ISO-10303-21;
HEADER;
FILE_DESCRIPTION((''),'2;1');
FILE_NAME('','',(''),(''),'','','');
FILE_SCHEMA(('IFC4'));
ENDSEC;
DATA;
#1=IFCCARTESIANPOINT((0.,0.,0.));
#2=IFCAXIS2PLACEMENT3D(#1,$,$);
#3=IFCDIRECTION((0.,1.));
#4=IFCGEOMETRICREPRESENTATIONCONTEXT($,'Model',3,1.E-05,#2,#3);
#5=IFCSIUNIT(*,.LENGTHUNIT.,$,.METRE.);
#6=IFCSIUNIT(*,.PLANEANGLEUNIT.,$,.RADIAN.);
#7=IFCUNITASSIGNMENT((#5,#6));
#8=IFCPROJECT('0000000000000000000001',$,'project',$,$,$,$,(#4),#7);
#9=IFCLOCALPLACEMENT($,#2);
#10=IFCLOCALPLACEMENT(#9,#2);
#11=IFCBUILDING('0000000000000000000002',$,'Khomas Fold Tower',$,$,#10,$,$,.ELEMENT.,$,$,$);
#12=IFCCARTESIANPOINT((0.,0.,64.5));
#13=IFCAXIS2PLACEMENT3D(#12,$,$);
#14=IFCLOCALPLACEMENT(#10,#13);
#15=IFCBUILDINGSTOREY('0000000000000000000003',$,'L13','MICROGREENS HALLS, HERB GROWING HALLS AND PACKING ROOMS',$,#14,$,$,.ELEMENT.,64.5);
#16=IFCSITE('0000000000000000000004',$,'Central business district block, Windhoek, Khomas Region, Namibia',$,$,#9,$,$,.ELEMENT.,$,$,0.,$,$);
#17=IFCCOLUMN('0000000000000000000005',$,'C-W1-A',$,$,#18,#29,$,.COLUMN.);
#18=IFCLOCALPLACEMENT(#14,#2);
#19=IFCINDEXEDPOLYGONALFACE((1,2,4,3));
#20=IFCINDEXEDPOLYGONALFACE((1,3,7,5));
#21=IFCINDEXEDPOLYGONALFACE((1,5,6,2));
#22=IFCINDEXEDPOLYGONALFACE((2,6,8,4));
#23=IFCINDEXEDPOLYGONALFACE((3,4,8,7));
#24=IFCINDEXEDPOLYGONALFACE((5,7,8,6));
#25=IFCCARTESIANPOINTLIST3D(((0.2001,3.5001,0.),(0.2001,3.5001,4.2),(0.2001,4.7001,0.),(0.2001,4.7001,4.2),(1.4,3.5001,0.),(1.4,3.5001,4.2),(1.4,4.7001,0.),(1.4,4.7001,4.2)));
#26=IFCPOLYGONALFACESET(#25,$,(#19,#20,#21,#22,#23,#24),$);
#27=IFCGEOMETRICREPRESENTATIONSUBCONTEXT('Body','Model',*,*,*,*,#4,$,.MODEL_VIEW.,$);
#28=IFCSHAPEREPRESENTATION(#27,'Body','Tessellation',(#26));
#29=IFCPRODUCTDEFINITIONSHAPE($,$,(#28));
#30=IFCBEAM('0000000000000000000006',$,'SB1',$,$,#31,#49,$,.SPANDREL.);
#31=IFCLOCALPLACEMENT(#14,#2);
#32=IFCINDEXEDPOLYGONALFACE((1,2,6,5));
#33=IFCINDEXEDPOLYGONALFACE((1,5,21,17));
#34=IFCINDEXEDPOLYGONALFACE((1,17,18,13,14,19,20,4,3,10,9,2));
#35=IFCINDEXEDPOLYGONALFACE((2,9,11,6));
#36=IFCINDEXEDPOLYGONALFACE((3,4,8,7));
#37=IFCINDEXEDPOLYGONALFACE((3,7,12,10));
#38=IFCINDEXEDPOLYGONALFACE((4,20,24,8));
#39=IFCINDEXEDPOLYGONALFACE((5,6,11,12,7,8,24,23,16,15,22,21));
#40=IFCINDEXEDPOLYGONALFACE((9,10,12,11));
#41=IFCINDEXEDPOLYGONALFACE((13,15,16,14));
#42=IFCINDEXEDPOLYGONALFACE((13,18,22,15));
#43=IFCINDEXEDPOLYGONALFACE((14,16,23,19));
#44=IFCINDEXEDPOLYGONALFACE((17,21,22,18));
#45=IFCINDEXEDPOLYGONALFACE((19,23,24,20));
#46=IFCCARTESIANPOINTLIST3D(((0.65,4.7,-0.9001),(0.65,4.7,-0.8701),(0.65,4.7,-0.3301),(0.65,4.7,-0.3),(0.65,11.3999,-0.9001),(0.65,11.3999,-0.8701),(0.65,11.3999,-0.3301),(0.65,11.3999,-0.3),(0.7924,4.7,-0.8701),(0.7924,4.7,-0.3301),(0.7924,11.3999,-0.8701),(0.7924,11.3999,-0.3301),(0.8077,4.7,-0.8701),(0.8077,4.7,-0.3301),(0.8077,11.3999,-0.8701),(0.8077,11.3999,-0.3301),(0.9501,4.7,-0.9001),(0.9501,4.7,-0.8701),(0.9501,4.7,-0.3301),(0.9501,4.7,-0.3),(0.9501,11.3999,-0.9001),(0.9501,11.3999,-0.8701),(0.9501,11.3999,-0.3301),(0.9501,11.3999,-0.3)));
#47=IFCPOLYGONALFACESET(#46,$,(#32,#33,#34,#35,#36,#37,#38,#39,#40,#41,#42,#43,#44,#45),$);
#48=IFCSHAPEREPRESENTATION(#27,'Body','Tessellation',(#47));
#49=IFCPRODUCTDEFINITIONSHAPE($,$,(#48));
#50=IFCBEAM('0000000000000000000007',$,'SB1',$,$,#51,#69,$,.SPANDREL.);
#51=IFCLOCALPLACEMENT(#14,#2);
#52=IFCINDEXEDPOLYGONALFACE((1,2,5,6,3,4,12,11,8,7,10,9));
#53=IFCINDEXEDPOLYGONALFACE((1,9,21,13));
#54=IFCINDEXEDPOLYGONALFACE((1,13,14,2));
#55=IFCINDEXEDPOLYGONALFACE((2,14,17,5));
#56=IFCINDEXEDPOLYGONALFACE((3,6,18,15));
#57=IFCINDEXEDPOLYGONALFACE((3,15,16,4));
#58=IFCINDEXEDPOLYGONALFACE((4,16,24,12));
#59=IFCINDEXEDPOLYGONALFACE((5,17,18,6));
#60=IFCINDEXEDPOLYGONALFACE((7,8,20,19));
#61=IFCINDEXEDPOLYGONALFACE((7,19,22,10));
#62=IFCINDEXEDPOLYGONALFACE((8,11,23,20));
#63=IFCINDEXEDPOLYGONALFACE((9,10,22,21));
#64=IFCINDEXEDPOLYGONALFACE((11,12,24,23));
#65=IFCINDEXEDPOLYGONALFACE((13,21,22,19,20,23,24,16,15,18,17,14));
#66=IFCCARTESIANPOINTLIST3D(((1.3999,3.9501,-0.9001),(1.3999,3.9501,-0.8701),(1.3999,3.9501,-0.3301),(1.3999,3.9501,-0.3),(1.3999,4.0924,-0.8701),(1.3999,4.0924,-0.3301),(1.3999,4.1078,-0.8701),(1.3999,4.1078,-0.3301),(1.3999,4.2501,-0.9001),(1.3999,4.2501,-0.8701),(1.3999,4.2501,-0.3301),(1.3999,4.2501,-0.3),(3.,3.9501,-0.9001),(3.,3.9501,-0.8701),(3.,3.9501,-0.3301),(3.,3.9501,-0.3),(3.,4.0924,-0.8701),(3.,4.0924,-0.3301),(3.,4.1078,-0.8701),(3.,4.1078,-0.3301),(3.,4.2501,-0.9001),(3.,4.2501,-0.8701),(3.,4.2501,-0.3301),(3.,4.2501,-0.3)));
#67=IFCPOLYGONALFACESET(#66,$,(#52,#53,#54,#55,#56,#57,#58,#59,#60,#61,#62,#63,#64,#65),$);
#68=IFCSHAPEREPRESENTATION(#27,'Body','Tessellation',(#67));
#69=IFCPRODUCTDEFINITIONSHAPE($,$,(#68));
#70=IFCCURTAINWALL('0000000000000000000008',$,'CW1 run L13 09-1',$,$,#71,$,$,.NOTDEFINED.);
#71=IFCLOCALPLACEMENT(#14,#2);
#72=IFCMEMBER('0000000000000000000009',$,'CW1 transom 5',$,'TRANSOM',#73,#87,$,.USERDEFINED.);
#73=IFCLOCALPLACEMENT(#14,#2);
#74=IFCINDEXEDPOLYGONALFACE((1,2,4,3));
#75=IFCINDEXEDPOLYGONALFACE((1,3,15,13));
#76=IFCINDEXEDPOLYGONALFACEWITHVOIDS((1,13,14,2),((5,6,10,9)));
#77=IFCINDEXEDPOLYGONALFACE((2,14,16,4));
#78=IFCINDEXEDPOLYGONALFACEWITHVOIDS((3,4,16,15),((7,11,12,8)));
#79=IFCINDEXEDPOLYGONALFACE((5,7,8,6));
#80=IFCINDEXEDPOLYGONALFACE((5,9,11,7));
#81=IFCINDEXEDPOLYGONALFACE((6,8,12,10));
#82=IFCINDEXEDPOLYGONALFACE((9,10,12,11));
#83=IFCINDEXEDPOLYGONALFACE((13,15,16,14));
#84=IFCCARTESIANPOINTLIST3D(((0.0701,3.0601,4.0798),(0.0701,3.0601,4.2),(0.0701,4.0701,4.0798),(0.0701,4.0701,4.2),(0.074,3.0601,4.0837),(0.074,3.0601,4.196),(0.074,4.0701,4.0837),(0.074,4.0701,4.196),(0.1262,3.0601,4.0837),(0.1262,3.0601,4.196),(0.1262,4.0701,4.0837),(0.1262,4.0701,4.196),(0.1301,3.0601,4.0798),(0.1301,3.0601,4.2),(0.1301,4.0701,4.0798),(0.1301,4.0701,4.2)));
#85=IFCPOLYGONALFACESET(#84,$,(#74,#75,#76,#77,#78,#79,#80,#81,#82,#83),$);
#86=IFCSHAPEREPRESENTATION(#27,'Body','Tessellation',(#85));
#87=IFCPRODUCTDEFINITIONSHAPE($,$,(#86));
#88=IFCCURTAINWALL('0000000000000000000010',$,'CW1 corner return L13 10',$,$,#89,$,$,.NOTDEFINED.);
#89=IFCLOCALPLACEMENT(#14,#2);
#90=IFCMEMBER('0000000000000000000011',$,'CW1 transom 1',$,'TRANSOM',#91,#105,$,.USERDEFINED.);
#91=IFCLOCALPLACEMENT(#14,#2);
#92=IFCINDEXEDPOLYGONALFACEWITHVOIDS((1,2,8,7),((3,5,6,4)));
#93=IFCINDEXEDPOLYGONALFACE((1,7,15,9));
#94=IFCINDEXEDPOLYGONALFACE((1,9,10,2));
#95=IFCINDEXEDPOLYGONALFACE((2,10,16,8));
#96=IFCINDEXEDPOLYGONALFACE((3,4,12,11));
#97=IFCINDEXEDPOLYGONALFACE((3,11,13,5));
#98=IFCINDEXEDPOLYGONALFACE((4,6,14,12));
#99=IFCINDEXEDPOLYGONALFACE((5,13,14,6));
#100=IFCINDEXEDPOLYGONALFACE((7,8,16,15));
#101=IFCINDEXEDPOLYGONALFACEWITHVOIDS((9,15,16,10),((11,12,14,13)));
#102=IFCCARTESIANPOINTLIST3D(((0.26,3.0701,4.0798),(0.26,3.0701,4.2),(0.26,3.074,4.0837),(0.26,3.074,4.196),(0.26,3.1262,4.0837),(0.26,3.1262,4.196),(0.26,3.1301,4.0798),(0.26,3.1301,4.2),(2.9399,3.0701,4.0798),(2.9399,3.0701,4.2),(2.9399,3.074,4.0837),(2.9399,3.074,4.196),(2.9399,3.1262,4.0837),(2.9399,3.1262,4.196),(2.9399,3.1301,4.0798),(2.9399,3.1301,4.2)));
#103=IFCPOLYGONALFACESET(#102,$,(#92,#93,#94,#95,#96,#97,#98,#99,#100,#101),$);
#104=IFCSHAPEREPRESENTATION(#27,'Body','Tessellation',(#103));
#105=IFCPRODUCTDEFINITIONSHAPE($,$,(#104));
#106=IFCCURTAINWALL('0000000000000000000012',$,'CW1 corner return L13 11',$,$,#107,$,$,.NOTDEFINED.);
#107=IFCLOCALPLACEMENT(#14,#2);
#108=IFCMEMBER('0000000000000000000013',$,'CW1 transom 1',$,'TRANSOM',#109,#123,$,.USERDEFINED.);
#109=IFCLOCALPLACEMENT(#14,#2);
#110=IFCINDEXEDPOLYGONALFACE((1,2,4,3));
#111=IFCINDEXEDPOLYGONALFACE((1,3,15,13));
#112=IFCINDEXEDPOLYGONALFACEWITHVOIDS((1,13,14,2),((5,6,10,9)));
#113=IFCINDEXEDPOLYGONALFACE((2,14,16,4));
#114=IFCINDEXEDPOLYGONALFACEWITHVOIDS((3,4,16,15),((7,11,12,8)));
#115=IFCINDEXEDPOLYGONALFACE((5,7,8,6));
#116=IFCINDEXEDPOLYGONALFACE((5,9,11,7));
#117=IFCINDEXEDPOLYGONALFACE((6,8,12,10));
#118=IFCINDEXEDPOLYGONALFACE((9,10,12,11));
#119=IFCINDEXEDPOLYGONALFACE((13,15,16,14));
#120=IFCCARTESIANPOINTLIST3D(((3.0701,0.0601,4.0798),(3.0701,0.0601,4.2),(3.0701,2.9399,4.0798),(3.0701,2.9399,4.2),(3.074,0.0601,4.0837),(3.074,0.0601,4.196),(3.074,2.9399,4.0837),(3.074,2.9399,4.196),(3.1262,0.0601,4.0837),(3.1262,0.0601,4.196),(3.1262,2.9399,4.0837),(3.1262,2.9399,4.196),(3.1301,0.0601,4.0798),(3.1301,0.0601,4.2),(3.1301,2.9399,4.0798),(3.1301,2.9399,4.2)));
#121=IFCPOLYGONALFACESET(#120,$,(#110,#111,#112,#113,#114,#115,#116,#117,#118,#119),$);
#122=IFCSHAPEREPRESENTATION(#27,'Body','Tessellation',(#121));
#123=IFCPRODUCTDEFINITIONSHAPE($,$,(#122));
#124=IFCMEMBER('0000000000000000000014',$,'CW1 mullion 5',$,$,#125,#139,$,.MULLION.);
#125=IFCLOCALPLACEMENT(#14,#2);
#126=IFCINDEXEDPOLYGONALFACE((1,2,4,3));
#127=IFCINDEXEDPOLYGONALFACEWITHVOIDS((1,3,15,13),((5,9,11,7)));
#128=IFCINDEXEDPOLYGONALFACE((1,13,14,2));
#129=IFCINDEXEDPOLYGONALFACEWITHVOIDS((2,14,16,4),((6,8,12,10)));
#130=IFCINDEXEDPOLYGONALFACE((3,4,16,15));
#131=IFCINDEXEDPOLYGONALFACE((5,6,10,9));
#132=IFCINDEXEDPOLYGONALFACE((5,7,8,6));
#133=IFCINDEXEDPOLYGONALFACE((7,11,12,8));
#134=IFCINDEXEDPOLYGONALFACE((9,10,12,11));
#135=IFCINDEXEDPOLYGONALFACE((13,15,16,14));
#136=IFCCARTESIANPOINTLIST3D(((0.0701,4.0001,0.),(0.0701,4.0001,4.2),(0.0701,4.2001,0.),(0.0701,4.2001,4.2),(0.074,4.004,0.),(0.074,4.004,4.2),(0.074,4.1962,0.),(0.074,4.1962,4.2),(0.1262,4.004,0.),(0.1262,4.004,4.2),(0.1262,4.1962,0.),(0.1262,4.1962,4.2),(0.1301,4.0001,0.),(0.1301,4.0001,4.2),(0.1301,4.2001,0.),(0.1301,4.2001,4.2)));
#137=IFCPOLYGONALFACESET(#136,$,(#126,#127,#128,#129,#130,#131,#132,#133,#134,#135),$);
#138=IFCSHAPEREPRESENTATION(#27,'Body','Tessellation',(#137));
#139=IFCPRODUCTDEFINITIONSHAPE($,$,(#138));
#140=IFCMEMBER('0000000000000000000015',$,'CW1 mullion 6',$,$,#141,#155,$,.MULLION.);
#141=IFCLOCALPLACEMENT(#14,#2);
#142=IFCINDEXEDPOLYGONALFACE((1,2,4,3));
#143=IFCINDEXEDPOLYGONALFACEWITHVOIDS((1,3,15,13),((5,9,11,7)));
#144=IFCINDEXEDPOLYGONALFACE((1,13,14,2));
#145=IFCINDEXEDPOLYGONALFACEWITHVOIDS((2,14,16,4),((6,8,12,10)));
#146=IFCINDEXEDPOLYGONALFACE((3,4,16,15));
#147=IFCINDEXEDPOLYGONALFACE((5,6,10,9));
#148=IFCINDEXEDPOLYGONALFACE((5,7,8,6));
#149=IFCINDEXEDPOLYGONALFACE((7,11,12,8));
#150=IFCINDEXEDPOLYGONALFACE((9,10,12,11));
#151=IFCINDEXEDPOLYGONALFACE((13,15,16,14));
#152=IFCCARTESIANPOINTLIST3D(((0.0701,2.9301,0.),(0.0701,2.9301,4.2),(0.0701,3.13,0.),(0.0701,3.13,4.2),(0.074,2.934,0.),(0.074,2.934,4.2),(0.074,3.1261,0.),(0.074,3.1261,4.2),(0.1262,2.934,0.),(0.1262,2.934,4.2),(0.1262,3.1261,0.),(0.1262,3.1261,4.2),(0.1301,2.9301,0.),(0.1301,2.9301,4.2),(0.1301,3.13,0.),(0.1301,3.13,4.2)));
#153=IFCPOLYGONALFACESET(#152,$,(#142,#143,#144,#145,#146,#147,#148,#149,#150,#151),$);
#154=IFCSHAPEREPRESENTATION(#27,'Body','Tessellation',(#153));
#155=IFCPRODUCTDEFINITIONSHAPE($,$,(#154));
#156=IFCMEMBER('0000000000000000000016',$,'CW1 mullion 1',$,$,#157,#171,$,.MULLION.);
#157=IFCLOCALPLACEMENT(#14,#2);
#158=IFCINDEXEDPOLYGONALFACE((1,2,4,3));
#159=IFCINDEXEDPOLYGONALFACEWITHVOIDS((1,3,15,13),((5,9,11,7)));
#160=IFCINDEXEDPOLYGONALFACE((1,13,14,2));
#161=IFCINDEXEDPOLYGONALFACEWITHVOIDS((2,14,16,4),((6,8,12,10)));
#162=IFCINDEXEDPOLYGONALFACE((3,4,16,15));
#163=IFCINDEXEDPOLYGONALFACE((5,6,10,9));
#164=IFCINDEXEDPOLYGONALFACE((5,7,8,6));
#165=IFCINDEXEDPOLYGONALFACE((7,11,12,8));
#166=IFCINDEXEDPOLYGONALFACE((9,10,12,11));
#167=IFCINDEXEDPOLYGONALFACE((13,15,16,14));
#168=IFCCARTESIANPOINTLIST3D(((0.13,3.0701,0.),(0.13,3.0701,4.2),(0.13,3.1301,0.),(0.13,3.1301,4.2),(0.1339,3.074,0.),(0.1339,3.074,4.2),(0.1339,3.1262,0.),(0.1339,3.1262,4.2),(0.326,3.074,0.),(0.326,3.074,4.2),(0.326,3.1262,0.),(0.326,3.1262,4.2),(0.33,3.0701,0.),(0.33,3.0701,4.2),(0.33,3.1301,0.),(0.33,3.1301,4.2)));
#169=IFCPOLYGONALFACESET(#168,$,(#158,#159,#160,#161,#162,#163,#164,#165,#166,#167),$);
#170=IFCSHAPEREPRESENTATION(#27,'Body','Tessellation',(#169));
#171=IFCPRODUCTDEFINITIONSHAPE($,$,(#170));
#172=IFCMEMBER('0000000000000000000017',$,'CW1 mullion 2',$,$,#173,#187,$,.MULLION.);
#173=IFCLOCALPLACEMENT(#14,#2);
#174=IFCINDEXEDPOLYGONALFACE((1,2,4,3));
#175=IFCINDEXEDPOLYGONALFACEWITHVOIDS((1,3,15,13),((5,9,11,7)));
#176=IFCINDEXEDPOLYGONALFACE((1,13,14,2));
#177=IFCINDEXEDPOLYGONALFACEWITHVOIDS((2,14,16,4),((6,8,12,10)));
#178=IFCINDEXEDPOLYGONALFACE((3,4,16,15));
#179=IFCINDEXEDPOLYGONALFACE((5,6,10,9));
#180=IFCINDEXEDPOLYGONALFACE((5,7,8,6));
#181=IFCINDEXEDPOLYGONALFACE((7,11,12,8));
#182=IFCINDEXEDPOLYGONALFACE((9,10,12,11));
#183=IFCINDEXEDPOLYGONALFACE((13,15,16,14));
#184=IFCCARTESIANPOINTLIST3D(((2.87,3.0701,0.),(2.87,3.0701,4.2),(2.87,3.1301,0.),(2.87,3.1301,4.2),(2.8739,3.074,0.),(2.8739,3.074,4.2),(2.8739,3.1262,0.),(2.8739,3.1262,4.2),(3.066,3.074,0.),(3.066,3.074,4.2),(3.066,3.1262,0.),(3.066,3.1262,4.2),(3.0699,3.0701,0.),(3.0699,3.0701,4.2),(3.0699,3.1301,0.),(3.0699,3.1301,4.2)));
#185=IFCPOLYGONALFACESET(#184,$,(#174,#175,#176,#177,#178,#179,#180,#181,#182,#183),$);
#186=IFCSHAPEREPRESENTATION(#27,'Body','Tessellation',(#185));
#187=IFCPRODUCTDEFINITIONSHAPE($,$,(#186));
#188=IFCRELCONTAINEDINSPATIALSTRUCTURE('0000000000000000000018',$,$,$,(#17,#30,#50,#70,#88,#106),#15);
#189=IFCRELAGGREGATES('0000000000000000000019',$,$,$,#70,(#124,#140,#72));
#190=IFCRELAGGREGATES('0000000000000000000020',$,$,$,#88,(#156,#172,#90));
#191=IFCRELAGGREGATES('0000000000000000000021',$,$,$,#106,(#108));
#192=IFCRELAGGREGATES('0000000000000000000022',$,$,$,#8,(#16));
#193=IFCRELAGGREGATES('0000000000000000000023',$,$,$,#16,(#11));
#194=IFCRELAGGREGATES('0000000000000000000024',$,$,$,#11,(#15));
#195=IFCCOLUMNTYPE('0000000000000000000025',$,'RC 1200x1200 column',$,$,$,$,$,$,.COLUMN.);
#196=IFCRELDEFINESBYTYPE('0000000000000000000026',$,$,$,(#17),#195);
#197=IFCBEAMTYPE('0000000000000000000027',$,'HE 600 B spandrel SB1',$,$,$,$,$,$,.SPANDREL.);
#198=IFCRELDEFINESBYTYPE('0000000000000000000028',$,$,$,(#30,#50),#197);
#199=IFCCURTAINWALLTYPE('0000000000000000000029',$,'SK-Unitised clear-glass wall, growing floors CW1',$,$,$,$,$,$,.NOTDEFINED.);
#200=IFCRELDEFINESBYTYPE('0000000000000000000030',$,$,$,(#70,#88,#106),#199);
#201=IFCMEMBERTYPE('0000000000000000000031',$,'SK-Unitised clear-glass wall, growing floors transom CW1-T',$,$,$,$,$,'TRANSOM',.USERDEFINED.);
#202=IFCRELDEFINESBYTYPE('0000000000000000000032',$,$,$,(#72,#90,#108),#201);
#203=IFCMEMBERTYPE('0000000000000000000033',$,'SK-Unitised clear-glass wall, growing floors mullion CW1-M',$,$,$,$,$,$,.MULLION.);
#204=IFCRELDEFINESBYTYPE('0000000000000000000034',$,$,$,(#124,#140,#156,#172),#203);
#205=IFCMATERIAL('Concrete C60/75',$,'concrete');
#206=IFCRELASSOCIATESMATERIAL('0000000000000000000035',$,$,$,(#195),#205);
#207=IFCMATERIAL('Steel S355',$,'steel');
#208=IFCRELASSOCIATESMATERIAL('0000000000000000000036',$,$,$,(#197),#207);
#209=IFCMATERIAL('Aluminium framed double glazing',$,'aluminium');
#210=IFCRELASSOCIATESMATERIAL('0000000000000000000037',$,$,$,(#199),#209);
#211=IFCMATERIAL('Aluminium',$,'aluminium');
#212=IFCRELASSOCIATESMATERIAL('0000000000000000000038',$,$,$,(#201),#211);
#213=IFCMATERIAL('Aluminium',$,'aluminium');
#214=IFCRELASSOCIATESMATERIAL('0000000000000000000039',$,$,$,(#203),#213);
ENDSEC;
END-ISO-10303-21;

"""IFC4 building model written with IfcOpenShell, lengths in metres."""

from ifc_helpers import new_model, si_unit, direction, frame, origin, origin_2d, place, context, subcontext, project, spatial, rectangle, hollow_rectangle, i_section, extrude, source, transform, mapped, material, material_profile, profile_set, type_object, element, aggregate, save


model = new_model("IFC4")

# Units and contexts
model_context = context("Model", 3, precision=1e-05, world=origin(), true_north=direction((0.0, 1.0)))
body_context = subcontext(model_context, "Body", "Model", "MODEL_VIEW")
ifc_project = project(units=[si_unit("LENGTHUNIT", "METRE"), si_unit("PLANEANGLEUNIT", "RADIAN")], contexts=[model_context])

# Site, building, storey
site_placement = place(None, origin())
site = spatial("IfcSite", under=ifc_project, at=site_placement, Name="Central business district block, Windhoek, Khomas Region, Namibia", CompositionType="ELEMENT", RefElevation=0.0)
building_placement = place(site_placement, origin())
building = spatial("IfcBuilding", under=site, at=building_placement, Name="Khomas Fold Tower", CompositionType="ELEMENT")
storey_placement = place(building_placement, frame((0.0, 0.0, 64.5)))
storey = spatial("IfcBuildingStorey", under=building, at=storey_placement, Name="L13", Description="MICROGREENS HALLS, HERB GROWING HALLS AND PACKING ROOMS", CompositionType="ELEMENT", Elevation=64.5)

# Column
ifc_material_1 = material(Name="Concrete C60/75", Category="concrete")
ifc_material_profile_1 = material_profile(ifc_material_1, rectangle(XDim=1.2, YDim=1.2, at=origin_2d()), Name="RC 1200x1200")
ifc_profile_set_1 = profile_set([ifc_material_profile_1], Name="Concrete C60/75")
column_type = type_object("IfcColumnType", Name="RC 1200x1200 column", PredefinedType="COLUMN", material=ifc_profile_set_1)
shared_shape_1 = source(origin(), body_context, "Body", "SweptSolid", [
    extrude(rectangle(XDim=1.2, YDim=1.2, at=origin_2d()), origin(), (0.0, 0.0, 1.0), 4.2),
])
column_placement = place(storey_placement, frame((0.8, 4.1001, 0.0), z_axis=(0.0, 0.0, 1.0), x_axis=(1.0, 0.0, 0.0)))
element("IfcColumn", 1, at=column_placement, inside=storey, type_object=column_type, Name="C-W1-A", PredefinedType="COLUMN", context=body_context, shape_type="MappedRepresentation", body=[
    mapped(shared_shape_1, transform((0.0, 0.0, 0.0))),
])

# Beams
ifc_material_2 = material(Name="Steel S355", Category="steel")
ifc_material_profile_2 = material_profile(ifc_material_2, i_section(OverallWidth=0.3, OverallDepth=0.6001, WebThickness=0.0154, FlangeThickness=0.03, at=origin_2d()), Name="HE 600 B")
ifc_profile_set_2 = profile_set([ifc_material_profile_2], Name="Steel S355")
beam_type = type_object("IfcBeamType", Name="HE 600 B spandrel SB1", PredefinedType="SPANDREL", material=ifc_profile_set_2)
shared_shape_2 = source(origin(), body_context, "Body", "SweptSolid", [
    extrude(i_section(OverallWidth=0.3, OverallDepth=0.6001, WebThickness=0.0154, FlangeThickness=0.03, at=origin_2d()), origin(), (0.0, 0.0, 1.0), 6.7),
])
beam_1_placement = place(storey_placement, frame((0.8, 4.7, -0.6001), z_axis=(0.0, 1.0, 0.0), x_axis=(-1.0, 0.0, 0.0)))
element("IfcBeam", 2, at=beam_1_placement, inside=storey, type_object=beam_type, Name="SB1", PredefinedType="SPANDREL", context=body_context, shape_type="MappedRepresentation", body=[
    mapped(shared_shape_2, transform((0.0, 0.0, 0.0))),
])
shared_shape_3 = source(origin(), body_context, "Body", "SweptSolid", [
    extrude(i_section(OverallWidth=0.3, OverallDepth=0.6001, WebThickness=0.0154, FlangeThickness=0.03, at=origin_2d()), origin(), (0.0, 0.0, 1.0), 1.6001),
])
beam_2_placement = place(storey_placement, frame((1.3999, 4.1001, -0.6001), z_axis=(1.0, 0.0, 0.0), x_axis=(0.0, 1.0, 0.0)))
element("IfcBeam", 3, at=beam_2_placement, inside=storey, type_object=beam_type, Name="SB1", PredefinedType="SPANDREL", context=body_context, shape_type="MappedRepresentation", body=[
    mapped(shared_shape_3, transform((0.0, 0.0, 0.0))),
])

# Curtain walls, members
ifc_material_3 = material(Name="Aluminium framed double glazing", Category="aluminium")
curtain_wall_type = type_object("IfcCurtainWallType", Name="SK-Unitised clear-glass wall, growing floors CW1", PredefinedType="NOTDEFINED", material=ifc_material_3)
curtain_wall_1_placement = place(storey_placement, origin())
curtain_wall_1 = element("IfcCurtainWall", 4, at=curtain_wall_1_placement, inside=storey, type_object=curtain_wall_type, Name="CW1 run L13 09-1", PredefinedType="NOTDEFINED")
ifc_material_4 = material(Name="Aluminium", Category="aluminium")
ifc_material_profile_3 = material_profile(ifc_material_4, hollow_rectangle(XDim=0.0601, YDim=0.1201, WallThickness=0.0039, at=origin_2d()), Name="SK-Unitised clear-glass wall, growing floors transom CW1-T")
ifc_profile_set_3 = profile_set([ifc_material_profile_3], Name="Aluminium")
member_type_1 = type_object("IfcMemberType", Name="SK-Unitised clear-glass wall, growing floors transom CW1-T", ElementType="TRANSOM", PredefinedType="USERDEFINED", material=ifc_profile_set_3)
shared_shape_4 = source(origin(), body_context, "Body", "SweptSolid", [
    extrude(hollow_rectangle(XDim=0.0601, YDim=0.1201, WallThickness=0.0039, at=origin_2d()), origin(), (0.0, 0.0, 1.0), 1.01),
])
member_1_placement = place(storey_placement, frame((0.1001, 4.0701, 4.1399), z_axis=(0.0, -1.0, 0.0), x_axis=(1.0, 0.0, 0.0)))
member_1 = element("IfcMember", 5, at=member_1_placement, type_object=member_type_1, Name="CW1 transom 5", ObjectType="TRANSOM", PredefinedType="USERDEFINED", context=body_context, shape_type="MappedRepresentation", body=[
    mapped(shared_shape_4, transform((0.0, 0.0, 0.0))),
])
curtain_wall_2_placement = place(storey_placement, origin())
curtain_wall_2 = element("IfcCurtainWall", 6, at=curtain_wall_2_placement, inside=storey, type_object=curtain_wall_type, Name="CW1 corner return L13 10", PredefinedType="NOTDEFINED")
shared_shape_5 = source(origin(), body_context, "Body", "SweptSolid", [
    extrude(hollow_rectangle(XDim=0.0601, YDim=0.1201, WallThickness=0.0039, at=origin_2d()), origin(), (0.0, 0.0, 1.0), 2.6799),
])
member_2_placement = place(storey_placement, frame((0.26, 3.1001, 4.1399), z_axis=(1.0, 0.0, 0.0), x_axis=(0.0, 1.0, 0.0)))
member_2 = element("IfcMember", 7, at=member_2_placement, type_object=member_type_1, Name="CW1 transom 1", ObjectType="TRANSOM", PredefinedType="USERDEFINED", context=body_context, shape_type="MappedRepresentation", body=[
    mapped(shared_shape_5, transform((0.0, 0.0, 0.0))),
])
curtain_wall_3_placement = place(storey_placement, origin())
curtain_wall_3 = element("IfcCurtainWall", 8, at=curtain_wall_3_placement, inside=storey, type_object=curtain_wall_type, Name="CW1 corner return L13 11", PredefinedType="NOTDEFINED")
shared_shape_6 = source(origin(), body_context, "Body", "SweptSolid", [
    extrude(hollow_rectangle(XDim=0.0601, YDim=0.1201, WallThickness=0.0039, at=origin_2d()), origin(), (0.0, 0.0, 1.0), 2.8799),
])
member_3_placement = place(storey_placement, frame((3.1001, 2.9399, 4.1399), z_axis=(0.0, -1.0, 0.0), x_axis=(1.0, 0.0, 0.0)))
member_3 = element("IfcMember", 9, at=member_3_placement, type_object=member_type_1, Name="CW1 transom 1", ObjectType="TRANSOM", PredefinedType="USERDEFINED", context=body_context, shape_type="MappedRepresentation", body=[
    mapped(shared_shape_6, transform((0.0, 0.0, 0.0))),
])

# Members
ifc_material_5 = material(Name="Aluminium", Category="aluminium")
ifc_material_profile_4 = material_profile(ifc_material_5, hollow_rectangle(XDim=0.0601, YDim=0.2, WallThickness=0.0039, at=origin_2d()), Name="SK-Unitised clear-glass wall, growing floors mullion CW1-M")
ifc_profile_set_4 = profile_set([ifc_material_profile_4], Name="Aluminium")
member_type_2 = type_object("IfcMemberType", Name="SK-Unitised clear-glass wall, growing floors mullion CW1-M", PredefinedType="MULLION", material=ifc_profile_set_4)
shared_shape_7 = source(origin(), body_context, "Body", "SweptSolid", [
    extrude(hollow_rectangle(XDim=0.0601, YDim=0.2, WallThickness=0.0039, at=origin_2d()), origin(), (0.0, 0.0, 1.0), 4.2),
])
member_4_placement = place(storey_placement, frame((0.1001, 4.1001, 0.0), z_axis=(0.0, 0.0, 1.0), x_axis=(1.0, 0.0, 0.0)))
member_4 = element("IfcMember", 10, at=member_4_placement, type_object=member_type_2, Name="CW1 mullion 5", PredefinedType="MULLION", context=body_context, shape_type="MappedRepresentation", body=[
    mapped(shared_shape_7, transform((0.0, 0.0, 0.0))),
])
member_5_placement = place(storey_placement, frame((0.1001, 3.03, 0.0), z_axis=(0.0, 0.0, 1.0), x_axis=(1.0, 0.0, 0.0)))
member_5 = element("IfcMember", 11, at=member_5_placement, type_object=member_type_2, Name="CW1 mullion 6", PredefinedType="MULLION", context=body_context, shape_type="MappedRepresentation", body=[
    mapped(shared_shape_7, transform((0.0, 0.0, 0.0))),
])
member_6_placement = place(storey_placement, frame((0.23, 3.1001, 0.0), z_axis=(0.0, 0.0, 1.0), x_axis=(0.0, 1.0, 0.0)))
member_6 = element("IfcMember", 12, at=member_6_placement, type_object=member_type_2, Name="CW1 mullion 1", PredefinedType="MULLION", context=body_context, shape_type="MappedRepresentation", body=[
    mapped(shared_shape_7, transform((0.0, 0.0, 0.0))),
])
member_7_placement = place(storey_placement, frame((2.97, 3.1001, 0.0), z_axis=(0.0, 0.0, 1.0), x_axis=(0.0, 1.0, 0.0)))
member_7 = element("IfcMember", 13, at=member_7_placement, type_object=member_type_2, Name="CW1 mullion 2", PredefinedType="MULLION", context=body_context, shape_type="MappedRepresentation", body=[
    mapped(shared_shape_7, transform((0.0, 0.0, 0.0))),
])

aggregate(curtain_wall_1, [member_4, member_5, member_1])
aggregate(curtain_wall_2, [member_6, member_7, member_2])
aggregate(curtain_wall_3, [member_3])

save(model, "model.ifc")
